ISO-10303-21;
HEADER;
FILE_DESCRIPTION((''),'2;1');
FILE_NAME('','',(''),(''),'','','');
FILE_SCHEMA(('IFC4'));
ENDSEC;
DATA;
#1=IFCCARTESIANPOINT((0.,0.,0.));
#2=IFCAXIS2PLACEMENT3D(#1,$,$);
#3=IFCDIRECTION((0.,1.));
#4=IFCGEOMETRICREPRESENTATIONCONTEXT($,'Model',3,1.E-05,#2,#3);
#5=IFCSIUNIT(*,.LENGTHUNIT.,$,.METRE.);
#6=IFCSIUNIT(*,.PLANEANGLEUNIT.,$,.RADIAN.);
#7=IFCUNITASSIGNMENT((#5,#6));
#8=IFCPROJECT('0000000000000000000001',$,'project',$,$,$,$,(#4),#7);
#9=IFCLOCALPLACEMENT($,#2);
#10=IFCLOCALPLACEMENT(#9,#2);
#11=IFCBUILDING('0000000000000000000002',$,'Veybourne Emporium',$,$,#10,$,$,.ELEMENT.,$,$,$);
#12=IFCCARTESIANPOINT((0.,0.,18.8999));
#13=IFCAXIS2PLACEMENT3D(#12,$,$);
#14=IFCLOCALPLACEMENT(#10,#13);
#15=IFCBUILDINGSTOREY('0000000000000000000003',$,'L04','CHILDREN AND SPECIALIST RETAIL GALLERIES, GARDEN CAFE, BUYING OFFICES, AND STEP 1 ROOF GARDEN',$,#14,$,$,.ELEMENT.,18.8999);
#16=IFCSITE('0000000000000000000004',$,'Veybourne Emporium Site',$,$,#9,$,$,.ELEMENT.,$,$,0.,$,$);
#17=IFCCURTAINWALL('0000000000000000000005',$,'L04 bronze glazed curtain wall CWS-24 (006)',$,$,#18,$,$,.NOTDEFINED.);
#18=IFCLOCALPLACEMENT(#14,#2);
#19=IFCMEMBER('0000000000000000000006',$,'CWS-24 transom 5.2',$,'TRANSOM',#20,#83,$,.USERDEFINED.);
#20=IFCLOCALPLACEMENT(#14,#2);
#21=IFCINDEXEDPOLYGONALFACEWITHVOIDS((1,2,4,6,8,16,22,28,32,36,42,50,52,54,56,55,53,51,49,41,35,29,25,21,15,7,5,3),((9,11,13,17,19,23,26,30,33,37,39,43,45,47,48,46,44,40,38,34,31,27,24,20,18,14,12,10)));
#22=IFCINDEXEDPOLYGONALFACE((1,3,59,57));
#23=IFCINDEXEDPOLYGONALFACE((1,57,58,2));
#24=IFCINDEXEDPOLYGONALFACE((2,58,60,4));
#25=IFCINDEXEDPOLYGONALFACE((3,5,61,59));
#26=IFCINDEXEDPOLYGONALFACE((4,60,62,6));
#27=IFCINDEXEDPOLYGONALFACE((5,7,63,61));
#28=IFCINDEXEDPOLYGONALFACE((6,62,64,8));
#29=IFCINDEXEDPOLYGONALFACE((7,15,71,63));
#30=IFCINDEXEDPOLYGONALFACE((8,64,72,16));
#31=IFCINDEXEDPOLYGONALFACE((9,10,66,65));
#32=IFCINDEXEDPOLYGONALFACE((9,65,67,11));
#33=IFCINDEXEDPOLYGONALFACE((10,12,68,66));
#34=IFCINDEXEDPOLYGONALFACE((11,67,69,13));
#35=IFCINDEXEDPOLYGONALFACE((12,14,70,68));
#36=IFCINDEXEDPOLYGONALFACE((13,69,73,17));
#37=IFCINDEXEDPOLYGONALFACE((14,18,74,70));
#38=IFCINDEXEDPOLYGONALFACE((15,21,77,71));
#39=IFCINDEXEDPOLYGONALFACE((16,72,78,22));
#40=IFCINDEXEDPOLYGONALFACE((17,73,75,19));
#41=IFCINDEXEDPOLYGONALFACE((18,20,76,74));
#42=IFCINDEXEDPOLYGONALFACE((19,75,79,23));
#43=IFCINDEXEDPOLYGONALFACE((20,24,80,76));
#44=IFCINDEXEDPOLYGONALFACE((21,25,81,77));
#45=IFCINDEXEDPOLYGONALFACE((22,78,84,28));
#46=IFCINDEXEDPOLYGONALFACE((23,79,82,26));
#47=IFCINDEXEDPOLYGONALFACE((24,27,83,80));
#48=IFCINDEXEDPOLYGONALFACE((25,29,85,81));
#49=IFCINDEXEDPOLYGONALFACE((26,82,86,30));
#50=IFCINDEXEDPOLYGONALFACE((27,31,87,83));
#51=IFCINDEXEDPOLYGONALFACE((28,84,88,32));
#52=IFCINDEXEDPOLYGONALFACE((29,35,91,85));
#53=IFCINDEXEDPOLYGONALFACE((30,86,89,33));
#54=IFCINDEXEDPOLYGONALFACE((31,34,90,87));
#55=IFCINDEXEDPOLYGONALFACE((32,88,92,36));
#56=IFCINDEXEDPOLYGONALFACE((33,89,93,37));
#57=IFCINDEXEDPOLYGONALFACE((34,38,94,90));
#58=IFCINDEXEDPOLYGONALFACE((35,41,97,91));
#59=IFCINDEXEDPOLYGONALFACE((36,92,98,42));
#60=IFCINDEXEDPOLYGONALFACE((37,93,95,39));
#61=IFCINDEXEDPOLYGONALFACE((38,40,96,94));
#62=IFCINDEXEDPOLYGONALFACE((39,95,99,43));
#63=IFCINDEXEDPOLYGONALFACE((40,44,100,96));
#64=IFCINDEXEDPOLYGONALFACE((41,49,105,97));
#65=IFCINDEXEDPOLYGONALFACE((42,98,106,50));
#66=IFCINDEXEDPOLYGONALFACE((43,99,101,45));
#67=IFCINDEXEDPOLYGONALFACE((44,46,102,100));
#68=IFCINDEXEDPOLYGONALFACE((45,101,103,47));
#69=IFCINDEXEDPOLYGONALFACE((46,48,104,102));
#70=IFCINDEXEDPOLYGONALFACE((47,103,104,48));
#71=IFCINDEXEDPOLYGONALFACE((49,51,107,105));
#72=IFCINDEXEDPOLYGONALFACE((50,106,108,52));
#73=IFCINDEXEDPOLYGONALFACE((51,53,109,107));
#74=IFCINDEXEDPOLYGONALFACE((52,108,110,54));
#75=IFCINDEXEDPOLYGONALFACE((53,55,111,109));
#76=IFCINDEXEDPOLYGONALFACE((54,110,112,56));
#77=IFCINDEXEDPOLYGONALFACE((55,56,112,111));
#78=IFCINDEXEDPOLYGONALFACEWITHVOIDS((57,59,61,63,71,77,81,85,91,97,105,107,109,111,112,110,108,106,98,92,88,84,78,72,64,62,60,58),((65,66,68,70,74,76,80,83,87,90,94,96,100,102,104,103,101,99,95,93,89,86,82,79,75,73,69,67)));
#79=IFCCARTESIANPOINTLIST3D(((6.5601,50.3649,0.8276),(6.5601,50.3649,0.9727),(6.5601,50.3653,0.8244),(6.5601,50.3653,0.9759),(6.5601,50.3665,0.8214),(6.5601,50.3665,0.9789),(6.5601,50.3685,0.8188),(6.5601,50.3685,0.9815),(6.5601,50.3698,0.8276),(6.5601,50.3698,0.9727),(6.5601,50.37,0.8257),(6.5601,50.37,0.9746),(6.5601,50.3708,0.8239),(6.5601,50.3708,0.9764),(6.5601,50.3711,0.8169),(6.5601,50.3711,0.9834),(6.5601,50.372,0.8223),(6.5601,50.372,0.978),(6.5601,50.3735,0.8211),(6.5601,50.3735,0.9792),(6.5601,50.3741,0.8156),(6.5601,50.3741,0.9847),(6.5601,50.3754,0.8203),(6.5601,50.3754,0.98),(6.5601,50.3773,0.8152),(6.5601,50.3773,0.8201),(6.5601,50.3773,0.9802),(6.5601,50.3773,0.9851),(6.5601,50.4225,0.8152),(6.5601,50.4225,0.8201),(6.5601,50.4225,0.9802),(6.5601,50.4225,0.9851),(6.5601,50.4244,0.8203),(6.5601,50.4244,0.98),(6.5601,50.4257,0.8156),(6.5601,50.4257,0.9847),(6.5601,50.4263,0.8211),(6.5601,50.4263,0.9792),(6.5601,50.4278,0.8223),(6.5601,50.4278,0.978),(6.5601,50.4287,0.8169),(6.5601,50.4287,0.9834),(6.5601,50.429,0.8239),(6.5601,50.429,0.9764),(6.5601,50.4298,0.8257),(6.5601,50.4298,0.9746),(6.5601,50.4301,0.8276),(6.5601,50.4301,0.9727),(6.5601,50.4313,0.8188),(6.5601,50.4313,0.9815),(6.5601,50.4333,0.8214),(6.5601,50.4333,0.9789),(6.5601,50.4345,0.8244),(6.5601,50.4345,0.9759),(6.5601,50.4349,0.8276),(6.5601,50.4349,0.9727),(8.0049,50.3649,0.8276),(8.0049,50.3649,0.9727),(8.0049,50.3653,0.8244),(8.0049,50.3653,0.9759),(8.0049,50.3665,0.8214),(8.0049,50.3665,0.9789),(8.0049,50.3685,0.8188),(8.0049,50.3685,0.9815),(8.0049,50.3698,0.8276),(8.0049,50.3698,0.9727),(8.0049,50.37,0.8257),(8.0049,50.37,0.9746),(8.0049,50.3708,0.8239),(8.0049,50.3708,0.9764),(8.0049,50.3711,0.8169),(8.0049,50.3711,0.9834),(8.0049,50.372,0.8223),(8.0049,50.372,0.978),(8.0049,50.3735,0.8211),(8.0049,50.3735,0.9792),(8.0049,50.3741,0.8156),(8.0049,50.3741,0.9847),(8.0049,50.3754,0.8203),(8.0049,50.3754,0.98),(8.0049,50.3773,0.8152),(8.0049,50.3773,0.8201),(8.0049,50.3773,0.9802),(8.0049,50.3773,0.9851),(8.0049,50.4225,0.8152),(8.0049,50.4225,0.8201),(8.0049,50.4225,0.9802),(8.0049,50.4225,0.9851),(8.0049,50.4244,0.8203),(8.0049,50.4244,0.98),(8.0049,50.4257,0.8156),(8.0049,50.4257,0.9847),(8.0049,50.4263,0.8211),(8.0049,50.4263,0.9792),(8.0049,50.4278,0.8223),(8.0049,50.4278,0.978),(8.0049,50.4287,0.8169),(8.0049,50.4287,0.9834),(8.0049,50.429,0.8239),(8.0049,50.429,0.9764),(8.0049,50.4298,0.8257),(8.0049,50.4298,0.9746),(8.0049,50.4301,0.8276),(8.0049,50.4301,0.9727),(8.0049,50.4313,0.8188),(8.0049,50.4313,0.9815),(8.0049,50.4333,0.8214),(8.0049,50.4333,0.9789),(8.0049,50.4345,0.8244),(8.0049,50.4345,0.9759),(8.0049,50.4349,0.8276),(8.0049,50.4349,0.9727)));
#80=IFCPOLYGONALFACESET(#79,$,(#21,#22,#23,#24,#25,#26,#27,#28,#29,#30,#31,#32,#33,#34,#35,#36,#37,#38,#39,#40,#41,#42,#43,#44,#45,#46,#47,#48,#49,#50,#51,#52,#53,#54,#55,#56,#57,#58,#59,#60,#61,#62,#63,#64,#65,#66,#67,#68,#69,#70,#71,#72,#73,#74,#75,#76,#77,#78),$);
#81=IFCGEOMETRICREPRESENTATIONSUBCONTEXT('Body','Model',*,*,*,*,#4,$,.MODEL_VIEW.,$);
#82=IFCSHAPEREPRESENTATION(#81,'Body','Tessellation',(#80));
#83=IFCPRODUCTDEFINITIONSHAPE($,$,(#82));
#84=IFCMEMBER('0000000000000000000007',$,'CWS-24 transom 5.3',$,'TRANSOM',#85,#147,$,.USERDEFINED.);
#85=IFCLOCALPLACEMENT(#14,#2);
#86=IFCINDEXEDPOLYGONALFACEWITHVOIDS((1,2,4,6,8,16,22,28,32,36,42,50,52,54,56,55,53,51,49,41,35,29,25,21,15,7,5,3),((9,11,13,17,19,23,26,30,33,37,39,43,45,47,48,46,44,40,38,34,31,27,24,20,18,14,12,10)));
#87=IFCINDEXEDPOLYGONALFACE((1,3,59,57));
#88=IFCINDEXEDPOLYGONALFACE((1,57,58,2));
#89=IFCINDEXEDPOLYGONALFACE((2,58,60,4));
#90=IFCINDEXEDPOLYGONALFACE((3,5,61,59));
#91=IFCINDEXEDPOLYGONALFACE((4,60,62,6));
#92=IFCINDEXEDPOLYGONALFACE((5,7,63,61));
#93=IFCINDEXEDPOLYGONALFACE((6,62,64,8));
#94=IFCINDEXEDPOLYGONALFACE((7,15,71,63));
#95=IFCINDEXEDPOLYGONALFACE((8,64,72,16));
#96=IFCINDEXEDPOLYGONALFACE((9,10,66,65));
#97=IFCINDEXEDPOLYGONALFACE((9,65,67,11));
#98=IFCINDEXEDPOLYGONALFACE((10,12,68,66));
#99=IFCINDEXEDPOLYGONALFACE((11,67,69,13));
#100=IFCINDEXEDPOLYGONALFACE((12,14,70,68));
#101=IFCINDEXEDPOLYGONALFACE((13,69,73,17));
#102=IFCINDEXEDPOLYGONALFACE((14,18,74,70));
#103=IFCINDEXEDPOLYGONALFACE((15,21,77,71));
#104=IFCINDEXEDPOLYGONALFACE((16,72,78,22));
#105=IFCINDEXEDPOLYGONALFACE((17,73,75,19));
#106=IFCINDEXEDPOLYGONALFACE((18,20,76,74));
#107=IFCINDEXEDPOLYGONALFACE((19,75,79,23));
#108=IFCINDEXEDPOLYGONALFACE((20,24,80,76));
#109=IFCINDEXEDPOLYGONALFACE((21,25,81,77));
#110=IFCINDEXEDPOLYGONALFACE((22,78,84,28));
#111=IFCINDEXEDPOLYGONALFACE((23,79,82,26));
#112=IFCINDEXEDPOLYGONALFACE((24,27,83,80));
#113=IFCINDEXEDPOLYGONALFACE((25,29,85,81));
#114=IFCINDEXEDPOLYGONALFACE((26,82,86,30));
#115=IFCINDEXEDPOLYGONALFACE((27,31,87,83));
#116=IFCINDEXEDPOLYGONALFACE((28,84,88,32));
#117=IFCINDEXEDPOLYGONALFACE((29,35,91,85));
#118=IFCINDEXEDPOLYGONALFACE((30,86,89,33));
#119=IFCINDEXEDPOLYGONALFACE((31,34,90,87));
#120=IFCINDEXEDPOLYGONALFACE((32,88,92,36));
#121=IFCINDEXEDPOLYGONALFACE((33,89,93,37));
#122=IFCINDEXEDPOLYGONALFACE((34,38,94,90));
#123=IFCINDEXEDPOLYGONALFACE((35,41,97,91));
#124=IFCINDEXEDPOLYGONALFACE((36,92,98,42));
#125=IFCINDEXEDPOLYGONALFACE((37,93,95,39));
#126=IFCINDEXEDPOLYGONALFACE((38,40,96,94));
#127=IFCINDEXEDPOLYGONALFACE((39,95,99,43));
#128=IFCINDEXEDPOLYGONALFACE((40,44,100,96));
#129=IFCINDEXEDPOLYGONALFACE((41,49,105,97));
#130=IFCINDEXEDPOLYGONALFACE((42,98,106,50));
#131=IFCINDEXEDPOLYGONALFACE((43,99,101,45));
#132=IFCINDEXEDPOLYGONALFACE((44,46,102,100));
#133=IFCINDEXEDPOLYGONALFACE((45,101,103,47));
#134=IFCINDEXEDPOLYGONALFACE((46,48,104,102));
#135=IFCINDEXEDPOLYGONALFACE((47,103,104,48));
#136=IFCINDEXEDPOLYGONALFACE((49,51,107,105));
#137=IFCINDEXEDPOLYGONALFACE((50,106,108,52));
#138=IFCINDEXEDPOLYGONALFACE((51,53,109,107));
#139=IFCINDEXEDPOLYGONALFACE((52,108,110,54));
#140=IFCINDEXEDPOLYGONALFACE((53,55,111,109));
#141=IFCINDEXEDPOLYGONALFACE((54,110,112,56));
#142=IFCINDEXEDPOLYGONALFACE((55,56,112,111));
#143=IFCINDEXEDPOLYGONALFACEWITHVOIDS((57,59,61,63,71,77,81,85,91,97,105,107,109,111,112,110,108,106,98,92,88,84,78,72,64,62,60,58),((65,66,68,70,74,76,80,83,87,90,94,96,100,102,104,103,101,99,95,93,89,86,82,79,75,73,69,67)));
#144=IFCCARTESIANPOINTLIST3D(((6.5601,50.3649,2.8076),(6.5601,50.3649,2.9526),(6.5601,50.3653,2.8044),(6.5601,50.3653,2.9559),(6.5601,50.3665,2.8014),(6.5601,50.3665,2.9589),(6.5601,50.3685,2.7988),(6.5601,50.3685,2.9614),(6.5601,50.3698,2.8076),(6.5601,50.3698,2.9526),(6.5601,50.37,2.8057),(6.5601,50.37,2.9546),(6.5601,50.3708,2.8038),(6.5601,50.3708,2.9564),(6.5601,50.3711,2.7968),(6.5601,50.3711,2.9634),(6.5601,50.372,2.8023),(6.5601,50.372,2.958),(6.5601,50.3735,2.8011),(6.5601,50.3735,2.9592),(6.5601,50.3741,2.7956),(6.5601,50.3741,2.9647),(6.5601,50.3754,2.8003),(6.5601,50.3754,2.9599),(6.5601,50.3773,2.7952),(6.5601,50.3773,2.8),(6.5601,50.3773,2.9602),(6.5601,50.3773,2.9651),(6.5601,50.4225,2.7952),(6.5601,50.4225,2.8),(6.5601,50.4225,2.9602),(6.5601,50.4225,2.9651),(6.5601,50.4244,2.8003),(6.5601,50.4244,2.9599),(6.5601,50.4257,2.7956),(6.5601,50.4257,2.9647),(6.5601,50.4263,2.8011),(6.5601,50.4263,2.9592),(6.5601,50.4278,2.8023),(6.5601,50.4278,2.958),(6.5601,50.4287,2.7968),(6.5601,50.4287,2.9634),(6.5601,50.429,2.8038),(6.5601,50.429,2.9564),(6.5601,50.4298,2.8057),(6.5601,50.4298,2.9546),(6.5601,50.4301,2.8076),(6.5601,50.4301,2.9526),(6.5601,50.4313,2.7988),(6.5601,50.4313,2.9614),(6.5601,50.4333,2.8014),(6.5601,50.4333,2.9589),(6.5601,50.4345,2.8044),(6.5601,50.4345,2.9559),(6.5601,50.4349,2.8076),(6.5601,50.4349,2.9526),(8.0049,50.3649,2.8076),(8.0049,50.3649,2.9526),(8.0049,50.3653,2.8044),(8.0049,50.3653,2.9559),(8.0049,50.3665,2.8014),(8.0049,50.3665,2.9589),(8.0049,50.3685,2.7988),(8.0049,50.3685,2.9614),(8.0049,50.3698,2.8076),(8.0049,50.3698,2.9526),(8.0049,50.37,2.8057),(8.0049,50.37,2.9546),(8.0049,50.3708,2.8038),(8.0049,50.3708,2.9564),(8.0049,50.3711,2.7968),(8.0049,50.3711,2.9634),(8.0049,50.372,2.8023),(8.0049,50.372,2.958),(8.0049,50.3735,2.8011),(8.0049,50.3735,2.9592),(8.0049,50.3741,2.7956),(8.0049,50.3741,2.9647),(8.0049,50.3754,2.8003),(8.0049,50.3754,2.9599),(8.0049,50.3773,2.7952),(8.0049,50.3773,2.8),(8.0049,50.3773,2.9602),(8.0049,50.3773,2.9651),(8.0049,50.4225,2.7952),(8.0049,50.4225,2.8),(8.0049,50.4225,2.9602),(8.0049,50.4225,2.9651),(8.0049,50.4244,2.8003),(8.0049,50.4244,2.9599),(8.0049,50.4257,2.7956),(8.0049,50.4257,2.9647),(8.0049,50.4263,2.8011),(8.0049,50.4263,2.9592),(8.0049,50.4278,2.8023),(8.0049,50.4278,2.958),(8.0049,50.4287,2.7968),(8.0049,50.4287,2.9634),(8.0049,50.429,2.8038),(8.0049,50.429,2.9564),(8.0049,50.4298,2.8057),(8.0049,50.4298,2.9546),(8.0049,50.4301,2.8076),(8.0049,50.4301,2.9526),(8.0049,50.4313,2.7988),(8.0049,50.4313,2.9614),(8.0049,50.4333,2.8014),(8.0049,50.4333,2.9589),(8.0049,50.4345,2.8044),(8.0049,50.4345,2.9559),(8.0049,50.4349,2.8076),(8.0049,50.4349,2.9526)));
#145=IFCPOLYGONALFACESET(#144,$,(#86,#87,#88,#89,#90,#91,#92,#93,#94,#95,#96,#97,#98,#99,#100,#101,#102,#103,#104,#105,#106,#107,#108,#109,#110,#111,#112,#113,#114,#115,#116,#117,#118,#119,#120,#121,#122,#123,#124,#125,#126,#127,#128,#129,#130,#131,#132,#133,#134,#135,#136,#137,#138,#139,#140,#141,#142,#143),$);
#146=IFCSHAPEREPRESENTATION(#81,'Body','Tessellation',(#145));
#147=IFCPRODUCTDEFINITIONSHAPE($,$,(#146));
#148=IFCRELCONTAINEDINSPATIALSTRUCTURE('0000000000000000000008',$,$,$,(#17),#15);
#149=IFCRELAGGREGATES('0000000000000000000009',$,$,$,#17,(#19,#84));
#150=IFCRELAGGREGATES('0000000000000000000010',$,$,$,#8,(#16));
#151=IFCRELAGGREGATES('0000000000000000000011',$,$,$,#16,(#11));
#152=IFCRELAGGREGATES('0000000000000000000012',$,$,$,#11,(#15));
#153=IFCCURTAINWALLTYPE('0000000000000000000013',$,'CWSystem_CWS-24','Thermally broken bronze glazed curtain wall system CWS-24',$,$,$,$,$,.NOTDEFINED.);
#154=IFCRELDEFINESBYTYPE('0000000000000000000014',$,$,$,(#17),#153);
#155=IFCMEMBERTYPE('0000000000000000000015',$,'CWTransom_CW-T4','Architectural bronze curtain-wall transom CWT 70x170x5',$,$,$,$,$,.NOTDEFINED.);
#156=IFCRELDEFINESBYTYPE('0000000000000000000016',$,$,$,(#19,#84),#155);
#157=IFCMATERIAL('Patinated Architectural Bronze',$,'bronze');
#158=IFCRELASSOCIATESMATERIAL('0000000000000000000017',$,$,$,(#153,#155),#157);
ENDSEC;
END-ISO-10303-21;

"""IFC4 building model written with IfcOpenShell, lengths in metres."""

from ifc_helpers import new_model, si_unit, direction, frame, origin, origin_2d, place, context, subcontext, project, spatial, hollow_rectangle, extrude, material, material_profile, profile_set, type_object, element, aggregate, save


model = new_model("IFC4")

# Units and contexts
model_context = context("Model", 3, precision=1e-05, world=origin(), true_north=direction((0.0, 1.0)))
body_context = subcontext(model_context, "Body", "Model", "MODEL_VIEW")
ifc_project = project(units=[si_unit("LENGTHUNIT", "METRE"), si_unit("PLANEANGLEUNIT", "RADIAN")], contexts=[model_context])

# Site, building, storey
site_placement = place(None, origin())
site = spatial("IfcSite", under=ifc_project, at=site_placement, Name="Veybourne Emporium Site", CompositionType="ELEMENT", RefElevation=0.0)
building_placement = place(site_placement, origin())
building = spatial("IfcBuilding", under=site, at=building_placement, Name="Veybourne Emporium", CompositionType="ELEMENT")
storey_placement = place(building_placement, frame((0.0, 0.0, 18.8999)))
storey = spatial("IfcBuildingStorey", under=building, at=storey_placement, Name="L04", Description="CHILDREN AND SPECIALIST RETAIL GALLERIES, GARDEN CAFE, BUYING OFFICES, AND STEP 1 ROOF GARDEN", CompositionType="ELEMENT", Elevation=18.8999)

# Curtain wall, members
ifc_material_1 = material(Name="Patinated Architectural Bronze", Category="bronze")
curtain_wall_type = type_object("IfcCurtainWallType", Name="CWSystem_CWS-24", Description="Thermally broken bronze glazed curtain wall system CWS-24", PredefinedType="NOTDEFINED", material=ifc_material_1)
curtain_wall_placement = place(storey_placement, origin())
curtain_wall = element("IfcCurtainWall", 1, at=curtain_wall_placement, inside=storey, type_object=curtain_wall_type, Name="L04 bronze glazed curtain wall CWS-24 (006)", PredefinedType="NOTDEFINED")
ifc_material_profile_1 = material_profile(ifc_material_1, hollow_rectangle(XDim=0.0701, YDim=0.1699, WallThickness=0.0049, InnerFilletRadius=0.0076, OuterFilletRadius=0.0125, at=origin_2d()), Name="CWT 70x170x5")
ifc_profile_set_1 = profile_set([ifc_material_profile_1], Name="Patinated Architectural Bronze")
member_type_1 = type_object("IfcMemberType", Name="CWTransom_CW-T4", Description="Architectural bronze curtain-wall transom CWT 70x170x5", PredefinedType="NOTDEFINED", material=ifc_profile_set_1)
member_1_placement = place(storey_placement, frame((6.5601, 50.3999, 0.9001), z_axis=(1.0, 0.0, 0.0), x_axis=(0.0, 1.0, 0.0)))
member_1 = element("IfcMember", 2, at=member_1_placement, type_object=member_type_1, Name="CWS-24 transom 5.2", ObjectType="TRANSOM", PredefinedType="USERDEFINED", context=body_context, shape_type="SweptSolid", body=[
    extrude(hollow_rectangle(XDim=0.0701, YDim=0.1699, WallThickness=0.0049, InnerFilletRadius=0.0076, OuterFilletRadius=0.0125, at=origin_2d()), origin(), (0.0, 0.0, 1.0), 1.4448),
])
member_2_placement = place(storey_placement, frame((6.5601, 50.3999, 2.8801), z_axis=(1.0, 0.0, 0.0), x_axis=(0.0, 1.0, 0.0)))
member_2 = element("IfcMember", 3, at=member_2_placement, type_object=member_type_1, Name="CWS-24 transom 5.3", ObjectType="TRANSOM", PredefinedType="USERDEFINED", context=body_context, shape_type="SweptSolid", body=[
    extrude(hollow_rectangle(XDim=0.0701, YDim=0.1699, WallThickness=0.0049, InnerFilletRadius=0.0076, OuterFilletRadius=0.0125, at=origin_2d()), origin(), (0.0, 0.0, 1.0), 1.4448),
])
aggregate(curtain_wall, [member_1, member_2])

save(model, "model.ifc")
